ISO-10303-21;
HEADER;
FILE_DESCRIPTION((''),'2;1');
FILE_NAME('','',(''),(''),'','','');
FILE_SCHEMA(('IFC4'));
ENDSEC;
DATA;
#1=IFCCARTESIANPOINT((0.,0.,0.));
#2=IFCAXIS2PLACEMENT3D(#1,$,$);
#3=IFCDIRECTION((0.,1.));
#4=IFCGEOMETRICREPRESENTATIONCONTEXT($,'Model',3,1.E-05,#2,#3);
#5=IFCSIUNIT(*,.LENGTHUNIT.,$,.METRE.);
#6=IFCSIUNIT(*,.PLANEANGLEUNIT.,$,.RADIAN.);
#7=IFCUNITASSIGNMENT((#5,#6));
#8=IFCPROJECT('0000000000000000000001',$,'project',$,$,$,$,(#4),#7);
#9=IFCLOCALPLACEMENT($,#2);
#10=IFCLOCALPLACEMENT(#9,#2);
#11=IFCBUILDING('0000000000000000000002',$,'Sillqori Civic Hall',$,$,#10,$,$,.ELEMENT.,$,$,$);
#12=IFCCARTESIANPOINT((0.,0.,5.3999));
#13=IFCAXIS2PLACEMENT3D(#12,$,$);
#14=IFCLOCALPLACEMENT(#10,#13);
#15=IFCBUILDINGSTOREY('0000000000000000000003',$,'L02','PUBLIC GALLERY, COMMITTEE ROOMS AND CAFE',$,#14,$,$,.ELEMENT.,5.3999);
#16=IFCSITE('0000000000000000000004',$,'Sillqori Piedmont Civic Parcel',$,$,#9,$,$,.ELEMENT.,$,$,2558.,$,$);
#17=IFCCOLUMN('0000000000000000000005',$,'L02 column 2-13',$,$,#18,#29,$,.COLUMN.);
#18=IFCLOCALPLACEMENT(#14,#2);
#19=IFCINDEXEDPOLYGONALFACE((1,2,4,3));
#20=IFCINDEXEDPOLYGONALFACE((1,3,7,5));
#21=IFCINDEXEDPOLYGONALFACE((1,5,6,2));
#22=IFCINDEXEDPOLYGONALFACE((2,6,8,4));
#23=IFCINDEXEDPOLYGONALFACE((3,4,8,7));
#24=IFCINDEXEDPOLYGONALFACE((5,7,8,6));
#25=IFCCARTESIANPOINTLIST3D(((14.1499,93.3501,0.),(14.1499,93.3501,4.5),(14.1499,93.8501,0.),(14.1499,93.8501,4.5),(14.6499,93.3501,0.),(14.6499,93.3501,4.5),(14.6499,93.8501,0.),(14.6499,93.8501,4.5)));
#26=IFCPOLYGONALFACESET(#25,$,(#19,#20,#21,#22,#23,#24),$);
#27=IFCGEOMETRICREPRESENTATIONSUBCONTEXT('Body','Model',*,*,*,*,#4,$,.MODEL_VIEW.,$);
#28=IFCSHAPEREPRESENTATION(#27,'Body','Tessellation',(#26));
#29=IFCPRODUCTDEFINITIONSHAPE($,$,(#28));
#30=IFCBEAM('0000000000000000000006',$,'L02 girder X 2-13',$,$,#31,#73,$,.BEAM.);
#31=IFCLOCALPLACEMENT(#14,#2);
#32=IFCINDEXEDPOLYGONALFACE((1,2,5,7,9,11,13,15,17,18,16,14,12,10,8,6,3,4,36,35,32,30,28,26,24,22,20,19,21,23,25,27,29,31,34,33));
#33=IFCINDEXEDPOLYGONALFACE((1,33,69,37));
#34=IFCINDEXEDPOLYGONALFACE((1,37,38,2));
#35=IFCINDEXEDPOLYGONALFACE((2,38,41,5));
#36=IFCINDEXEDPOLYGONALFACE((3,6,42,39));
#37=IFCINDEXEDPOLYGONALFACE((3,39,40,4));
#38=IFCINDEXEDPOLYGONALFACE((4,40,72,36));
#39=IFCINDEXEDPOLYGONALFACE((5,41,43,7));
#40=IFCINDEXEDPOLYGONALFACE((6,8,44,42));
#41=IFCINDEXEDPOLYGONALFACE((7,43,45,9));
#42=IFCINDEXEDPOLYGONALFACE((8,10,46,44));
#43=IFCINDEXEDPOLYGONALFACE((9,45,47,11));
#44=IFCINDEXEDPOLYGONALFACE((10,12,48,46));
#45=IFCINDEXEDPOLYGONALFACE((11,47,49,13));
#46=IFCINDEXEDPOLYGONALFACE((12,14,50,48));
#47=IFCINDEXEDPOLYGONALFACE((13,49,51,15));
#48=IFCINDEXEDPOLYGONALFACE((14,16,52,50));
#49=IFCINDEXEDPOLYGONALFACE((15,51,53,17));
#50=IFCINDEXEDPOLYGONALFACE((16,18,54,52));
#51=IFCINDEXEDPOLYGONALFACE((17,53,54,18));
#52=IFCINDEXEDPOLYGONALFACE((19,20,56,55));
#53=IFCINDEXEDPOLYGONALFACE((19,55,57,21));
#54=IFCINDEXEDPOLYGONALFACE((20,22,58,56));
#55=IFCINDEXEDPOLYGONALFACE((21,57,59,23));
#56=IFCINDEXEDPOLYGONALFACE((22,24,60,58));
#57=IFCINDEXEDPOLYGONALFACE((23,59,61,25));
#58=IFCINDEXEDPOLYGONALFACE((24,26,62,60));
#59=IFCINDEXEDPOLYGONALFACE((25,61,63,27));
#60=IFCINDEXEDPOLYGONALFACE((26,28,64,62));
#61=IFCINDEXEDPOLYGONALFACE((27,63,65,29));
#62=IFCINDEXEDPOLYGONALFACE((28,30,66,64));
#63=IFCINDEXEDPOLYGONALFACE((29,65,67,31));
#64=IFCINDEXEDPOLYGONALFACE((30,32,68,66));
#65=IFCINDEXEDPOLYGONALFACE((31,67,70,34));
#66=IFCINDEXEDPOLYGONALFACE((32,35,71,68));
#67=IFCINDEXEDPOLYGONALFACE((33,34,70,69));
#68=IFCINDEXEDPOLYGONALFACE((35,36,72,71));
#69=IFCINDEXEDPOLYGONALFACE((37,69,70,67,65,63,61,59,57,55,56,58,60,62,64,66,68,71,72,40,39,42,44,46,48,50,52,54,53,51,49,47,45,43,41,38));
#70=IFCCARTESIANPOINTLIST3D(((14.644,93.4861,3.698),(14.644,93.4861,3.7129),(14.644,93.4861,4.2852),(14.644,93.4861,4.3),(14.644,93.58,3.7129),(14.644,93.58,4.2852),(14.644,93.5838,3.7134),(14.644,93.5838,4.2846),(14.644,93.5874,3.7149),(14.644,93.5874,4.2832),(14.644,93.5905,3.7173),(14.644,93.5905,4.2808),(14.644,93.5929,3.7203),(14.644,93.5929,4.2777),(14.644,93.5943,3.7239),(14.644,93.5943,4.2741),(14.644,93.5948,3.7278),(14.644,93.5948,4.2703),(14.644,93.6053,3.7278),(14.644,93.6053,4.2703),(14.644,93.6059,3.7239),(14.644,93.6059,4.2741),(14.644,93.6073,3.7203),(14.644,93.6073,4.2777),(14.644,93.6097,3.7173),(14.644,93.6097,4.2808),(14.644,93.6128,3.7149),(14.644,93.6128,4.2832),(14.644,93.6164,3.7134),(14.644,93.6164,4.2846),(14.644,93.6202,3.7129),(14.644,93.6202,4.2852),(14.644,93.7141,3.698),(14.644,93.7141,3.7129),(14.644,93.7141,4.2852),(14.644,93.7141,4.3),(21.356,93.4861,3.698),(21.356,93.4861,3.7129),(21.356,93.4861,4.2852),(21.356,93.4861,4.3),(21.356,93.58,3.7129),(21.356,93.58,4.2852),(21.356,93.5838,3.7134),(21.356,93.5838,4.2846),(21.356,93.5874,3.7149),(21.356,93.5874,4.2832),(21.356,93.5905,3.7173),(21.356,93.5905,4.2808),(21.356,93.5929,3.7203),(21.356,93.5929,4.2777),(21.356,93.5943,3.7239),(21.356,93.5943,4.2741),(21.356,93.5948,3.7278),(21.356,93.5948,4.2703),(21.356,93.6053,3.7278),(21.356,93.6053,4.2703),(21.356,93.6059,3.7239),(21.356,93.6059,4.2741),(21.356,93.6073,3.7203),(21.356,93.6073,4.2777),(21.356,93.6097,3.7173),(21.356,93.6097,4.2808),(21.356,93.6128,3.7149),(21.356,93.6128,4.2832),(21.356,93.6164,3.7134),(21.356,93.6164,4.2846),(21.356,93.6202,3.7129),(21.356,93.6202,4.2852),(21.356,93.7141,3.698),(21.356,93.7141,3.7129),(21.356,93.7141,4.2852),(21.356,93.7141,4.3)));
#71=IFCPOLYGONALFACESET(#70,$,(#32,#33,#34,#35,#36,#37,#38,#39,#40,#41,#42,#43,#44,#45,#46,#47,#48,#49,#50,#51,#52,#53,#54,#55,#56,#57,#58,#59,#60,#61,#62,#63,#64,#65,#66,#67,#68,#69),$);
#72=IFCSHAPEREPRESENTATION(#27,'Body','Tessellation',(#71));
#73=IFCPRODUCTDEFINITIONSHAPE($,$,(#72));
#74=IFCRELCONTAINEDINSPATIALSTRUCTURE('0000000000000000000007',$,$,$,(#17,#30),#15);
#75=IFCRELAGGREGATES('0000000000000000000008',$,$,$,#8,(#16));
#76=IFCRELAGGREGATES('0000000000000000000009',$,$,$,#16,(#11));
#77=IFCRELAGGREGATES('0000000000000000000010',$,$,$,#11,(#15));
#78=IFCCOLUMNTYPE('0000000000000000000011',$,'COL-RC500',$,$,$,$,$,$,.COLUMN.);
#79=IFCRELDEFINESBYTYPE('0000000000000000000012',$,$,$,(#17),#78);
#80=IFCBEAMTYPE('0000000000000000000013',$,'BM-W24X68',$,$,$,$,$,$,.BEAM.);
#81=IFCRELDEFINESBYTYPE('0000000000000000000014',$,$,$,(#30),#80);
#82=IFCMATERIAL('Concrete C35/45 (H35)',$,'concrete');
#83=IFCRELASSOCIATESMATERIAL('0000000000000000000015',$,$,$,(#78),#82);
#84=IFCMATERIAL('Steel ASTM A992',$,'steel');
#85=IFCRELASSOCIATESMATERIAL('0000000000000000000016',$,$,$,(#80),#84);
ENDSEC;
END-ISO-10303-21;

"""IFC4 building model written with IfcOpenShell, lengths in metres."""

from ifc_helpers import new_model, si_unit, direction, frame, origin, origin_2d, place, context, subcontext, project, spatial, rectangle, i_section, extrude, material, material_profile, profile_set, type_object, element, save


model = new_model("IFC4")

# Units and contexts
model_context = context("Model", 3, precision=1e-05, world=origin(), true_north=direction((0.0, 1.0)))
body_context = subcontext(model_context, "Body", "Model", "MODEL_VIEW")
ifc_project = project(units=[si_unit("LENGTHUNIT", "METRE"), si_unit("PLANEANGLEUNIT", "RADIAN")], contexts=[model_context])

# Site, building, storey
site_placement = place(None, origin())
site = spatial("IfcSite", under=ifc_project, at=site_placement, Name="Sillqori Piedmont Civic Parcel", CompositionType="ELEMENT", RefElevation=2558.0)
building_placement = place(site_placement, origin())
building = spatial("IfcBuilding", under=site, at=building_placement, Name="Sillqori Civic Hall", CompositionType="ELEMENT")
storey_placement = place(building_placement, frame((0.0, 0.0, 5.3999)))
storey = spatial("IfcBuildingStorey", under=building, at=storey_placement, Name="L02", Description="PUBLIC GALLERY, COMMITTEE ROOMS AND CAFE", CompositionType="ELEMENT", Elevation=5.3999)

# Column
ifc_material_1 = material(Name="Concrete C35/45 (H35)", Category="concrete")
ifc_material_profile_1 = material_profile(ifc_material_1, rectangle(XDim=0.5, YDim=0.5, at=origin_2d()), Name="RC 500x500")
ifc_profile_set_1 = profile_set([ifc_material_profile_1], Name="Concrete C35/45 (H35)")
column_type = type_object("IfcColumnType", Name="COL-RC500", PredefinedType="COLUMN", material=ifc_profile_set_1)
column_placement = place(storey_placement, frame((14.3999, 93.6001, 0.0), z_axis=(0.0, 0.0, 1.0), x_axis=(1.0, 0.0, 0.0)))
element("IfcColumn", 1, at=column_placement, inside=storey, type_object=column_type, Name="L02 column 2-13", PredefinedType="COLUMN", context=body_context, shape_type="SweptSolid", body=[
    extrude(rectangle(XDim=0.5, YDim=0.5, at=origin_2d()), origin(), (0.0, 0.0, 1.0), 4.5),
])

# Beam
ifc_material_2 = material(Name="Steel ASTM A992", Category="steel")
ifc_material_profile_2 = material_profile(ifc_material_2, i_section(OverallWidth=0.228, OverallDepth=0.6021, WebThickness=0.0105, FlangeThickness=0.0149, FilletRadius=0.0149, at=origin_2d()), Name="W24X68")
ifc_profile_set_2 = profile_set([ifc_material_profile_2], Name="Steel ASTM A992")
beam_type = type_object("IfcBeamType", Name="BM-W24X68", PredefinedType="BEAM", material=ifc_profile_set_2)
beam_placement = place(storey_placement, frame((14.644, 93.6001, 3.999), z_axis=(1.0, 0.0, 0.0), x_axis=(0.0, 1.0, 0.0)))
element("IfcBeam", 2, at=beam_placement, inside=storey, type_object=beam_type, Name="L02 girder X 2-13", PredefinedType="BEAM", context=body_context, shape_type="SweptSolid", body=[
    extrude(i_section(OverallWidth=0.228, OverallDepth=0.6021, WebThickness=0.0105, FlangeThickness=0.0149, FilletRadius=0.0149, at=origin_2d()), origin(), (0.0, 0.0, 1.0), 6.7119),
])

save(model, "model.ifc")
